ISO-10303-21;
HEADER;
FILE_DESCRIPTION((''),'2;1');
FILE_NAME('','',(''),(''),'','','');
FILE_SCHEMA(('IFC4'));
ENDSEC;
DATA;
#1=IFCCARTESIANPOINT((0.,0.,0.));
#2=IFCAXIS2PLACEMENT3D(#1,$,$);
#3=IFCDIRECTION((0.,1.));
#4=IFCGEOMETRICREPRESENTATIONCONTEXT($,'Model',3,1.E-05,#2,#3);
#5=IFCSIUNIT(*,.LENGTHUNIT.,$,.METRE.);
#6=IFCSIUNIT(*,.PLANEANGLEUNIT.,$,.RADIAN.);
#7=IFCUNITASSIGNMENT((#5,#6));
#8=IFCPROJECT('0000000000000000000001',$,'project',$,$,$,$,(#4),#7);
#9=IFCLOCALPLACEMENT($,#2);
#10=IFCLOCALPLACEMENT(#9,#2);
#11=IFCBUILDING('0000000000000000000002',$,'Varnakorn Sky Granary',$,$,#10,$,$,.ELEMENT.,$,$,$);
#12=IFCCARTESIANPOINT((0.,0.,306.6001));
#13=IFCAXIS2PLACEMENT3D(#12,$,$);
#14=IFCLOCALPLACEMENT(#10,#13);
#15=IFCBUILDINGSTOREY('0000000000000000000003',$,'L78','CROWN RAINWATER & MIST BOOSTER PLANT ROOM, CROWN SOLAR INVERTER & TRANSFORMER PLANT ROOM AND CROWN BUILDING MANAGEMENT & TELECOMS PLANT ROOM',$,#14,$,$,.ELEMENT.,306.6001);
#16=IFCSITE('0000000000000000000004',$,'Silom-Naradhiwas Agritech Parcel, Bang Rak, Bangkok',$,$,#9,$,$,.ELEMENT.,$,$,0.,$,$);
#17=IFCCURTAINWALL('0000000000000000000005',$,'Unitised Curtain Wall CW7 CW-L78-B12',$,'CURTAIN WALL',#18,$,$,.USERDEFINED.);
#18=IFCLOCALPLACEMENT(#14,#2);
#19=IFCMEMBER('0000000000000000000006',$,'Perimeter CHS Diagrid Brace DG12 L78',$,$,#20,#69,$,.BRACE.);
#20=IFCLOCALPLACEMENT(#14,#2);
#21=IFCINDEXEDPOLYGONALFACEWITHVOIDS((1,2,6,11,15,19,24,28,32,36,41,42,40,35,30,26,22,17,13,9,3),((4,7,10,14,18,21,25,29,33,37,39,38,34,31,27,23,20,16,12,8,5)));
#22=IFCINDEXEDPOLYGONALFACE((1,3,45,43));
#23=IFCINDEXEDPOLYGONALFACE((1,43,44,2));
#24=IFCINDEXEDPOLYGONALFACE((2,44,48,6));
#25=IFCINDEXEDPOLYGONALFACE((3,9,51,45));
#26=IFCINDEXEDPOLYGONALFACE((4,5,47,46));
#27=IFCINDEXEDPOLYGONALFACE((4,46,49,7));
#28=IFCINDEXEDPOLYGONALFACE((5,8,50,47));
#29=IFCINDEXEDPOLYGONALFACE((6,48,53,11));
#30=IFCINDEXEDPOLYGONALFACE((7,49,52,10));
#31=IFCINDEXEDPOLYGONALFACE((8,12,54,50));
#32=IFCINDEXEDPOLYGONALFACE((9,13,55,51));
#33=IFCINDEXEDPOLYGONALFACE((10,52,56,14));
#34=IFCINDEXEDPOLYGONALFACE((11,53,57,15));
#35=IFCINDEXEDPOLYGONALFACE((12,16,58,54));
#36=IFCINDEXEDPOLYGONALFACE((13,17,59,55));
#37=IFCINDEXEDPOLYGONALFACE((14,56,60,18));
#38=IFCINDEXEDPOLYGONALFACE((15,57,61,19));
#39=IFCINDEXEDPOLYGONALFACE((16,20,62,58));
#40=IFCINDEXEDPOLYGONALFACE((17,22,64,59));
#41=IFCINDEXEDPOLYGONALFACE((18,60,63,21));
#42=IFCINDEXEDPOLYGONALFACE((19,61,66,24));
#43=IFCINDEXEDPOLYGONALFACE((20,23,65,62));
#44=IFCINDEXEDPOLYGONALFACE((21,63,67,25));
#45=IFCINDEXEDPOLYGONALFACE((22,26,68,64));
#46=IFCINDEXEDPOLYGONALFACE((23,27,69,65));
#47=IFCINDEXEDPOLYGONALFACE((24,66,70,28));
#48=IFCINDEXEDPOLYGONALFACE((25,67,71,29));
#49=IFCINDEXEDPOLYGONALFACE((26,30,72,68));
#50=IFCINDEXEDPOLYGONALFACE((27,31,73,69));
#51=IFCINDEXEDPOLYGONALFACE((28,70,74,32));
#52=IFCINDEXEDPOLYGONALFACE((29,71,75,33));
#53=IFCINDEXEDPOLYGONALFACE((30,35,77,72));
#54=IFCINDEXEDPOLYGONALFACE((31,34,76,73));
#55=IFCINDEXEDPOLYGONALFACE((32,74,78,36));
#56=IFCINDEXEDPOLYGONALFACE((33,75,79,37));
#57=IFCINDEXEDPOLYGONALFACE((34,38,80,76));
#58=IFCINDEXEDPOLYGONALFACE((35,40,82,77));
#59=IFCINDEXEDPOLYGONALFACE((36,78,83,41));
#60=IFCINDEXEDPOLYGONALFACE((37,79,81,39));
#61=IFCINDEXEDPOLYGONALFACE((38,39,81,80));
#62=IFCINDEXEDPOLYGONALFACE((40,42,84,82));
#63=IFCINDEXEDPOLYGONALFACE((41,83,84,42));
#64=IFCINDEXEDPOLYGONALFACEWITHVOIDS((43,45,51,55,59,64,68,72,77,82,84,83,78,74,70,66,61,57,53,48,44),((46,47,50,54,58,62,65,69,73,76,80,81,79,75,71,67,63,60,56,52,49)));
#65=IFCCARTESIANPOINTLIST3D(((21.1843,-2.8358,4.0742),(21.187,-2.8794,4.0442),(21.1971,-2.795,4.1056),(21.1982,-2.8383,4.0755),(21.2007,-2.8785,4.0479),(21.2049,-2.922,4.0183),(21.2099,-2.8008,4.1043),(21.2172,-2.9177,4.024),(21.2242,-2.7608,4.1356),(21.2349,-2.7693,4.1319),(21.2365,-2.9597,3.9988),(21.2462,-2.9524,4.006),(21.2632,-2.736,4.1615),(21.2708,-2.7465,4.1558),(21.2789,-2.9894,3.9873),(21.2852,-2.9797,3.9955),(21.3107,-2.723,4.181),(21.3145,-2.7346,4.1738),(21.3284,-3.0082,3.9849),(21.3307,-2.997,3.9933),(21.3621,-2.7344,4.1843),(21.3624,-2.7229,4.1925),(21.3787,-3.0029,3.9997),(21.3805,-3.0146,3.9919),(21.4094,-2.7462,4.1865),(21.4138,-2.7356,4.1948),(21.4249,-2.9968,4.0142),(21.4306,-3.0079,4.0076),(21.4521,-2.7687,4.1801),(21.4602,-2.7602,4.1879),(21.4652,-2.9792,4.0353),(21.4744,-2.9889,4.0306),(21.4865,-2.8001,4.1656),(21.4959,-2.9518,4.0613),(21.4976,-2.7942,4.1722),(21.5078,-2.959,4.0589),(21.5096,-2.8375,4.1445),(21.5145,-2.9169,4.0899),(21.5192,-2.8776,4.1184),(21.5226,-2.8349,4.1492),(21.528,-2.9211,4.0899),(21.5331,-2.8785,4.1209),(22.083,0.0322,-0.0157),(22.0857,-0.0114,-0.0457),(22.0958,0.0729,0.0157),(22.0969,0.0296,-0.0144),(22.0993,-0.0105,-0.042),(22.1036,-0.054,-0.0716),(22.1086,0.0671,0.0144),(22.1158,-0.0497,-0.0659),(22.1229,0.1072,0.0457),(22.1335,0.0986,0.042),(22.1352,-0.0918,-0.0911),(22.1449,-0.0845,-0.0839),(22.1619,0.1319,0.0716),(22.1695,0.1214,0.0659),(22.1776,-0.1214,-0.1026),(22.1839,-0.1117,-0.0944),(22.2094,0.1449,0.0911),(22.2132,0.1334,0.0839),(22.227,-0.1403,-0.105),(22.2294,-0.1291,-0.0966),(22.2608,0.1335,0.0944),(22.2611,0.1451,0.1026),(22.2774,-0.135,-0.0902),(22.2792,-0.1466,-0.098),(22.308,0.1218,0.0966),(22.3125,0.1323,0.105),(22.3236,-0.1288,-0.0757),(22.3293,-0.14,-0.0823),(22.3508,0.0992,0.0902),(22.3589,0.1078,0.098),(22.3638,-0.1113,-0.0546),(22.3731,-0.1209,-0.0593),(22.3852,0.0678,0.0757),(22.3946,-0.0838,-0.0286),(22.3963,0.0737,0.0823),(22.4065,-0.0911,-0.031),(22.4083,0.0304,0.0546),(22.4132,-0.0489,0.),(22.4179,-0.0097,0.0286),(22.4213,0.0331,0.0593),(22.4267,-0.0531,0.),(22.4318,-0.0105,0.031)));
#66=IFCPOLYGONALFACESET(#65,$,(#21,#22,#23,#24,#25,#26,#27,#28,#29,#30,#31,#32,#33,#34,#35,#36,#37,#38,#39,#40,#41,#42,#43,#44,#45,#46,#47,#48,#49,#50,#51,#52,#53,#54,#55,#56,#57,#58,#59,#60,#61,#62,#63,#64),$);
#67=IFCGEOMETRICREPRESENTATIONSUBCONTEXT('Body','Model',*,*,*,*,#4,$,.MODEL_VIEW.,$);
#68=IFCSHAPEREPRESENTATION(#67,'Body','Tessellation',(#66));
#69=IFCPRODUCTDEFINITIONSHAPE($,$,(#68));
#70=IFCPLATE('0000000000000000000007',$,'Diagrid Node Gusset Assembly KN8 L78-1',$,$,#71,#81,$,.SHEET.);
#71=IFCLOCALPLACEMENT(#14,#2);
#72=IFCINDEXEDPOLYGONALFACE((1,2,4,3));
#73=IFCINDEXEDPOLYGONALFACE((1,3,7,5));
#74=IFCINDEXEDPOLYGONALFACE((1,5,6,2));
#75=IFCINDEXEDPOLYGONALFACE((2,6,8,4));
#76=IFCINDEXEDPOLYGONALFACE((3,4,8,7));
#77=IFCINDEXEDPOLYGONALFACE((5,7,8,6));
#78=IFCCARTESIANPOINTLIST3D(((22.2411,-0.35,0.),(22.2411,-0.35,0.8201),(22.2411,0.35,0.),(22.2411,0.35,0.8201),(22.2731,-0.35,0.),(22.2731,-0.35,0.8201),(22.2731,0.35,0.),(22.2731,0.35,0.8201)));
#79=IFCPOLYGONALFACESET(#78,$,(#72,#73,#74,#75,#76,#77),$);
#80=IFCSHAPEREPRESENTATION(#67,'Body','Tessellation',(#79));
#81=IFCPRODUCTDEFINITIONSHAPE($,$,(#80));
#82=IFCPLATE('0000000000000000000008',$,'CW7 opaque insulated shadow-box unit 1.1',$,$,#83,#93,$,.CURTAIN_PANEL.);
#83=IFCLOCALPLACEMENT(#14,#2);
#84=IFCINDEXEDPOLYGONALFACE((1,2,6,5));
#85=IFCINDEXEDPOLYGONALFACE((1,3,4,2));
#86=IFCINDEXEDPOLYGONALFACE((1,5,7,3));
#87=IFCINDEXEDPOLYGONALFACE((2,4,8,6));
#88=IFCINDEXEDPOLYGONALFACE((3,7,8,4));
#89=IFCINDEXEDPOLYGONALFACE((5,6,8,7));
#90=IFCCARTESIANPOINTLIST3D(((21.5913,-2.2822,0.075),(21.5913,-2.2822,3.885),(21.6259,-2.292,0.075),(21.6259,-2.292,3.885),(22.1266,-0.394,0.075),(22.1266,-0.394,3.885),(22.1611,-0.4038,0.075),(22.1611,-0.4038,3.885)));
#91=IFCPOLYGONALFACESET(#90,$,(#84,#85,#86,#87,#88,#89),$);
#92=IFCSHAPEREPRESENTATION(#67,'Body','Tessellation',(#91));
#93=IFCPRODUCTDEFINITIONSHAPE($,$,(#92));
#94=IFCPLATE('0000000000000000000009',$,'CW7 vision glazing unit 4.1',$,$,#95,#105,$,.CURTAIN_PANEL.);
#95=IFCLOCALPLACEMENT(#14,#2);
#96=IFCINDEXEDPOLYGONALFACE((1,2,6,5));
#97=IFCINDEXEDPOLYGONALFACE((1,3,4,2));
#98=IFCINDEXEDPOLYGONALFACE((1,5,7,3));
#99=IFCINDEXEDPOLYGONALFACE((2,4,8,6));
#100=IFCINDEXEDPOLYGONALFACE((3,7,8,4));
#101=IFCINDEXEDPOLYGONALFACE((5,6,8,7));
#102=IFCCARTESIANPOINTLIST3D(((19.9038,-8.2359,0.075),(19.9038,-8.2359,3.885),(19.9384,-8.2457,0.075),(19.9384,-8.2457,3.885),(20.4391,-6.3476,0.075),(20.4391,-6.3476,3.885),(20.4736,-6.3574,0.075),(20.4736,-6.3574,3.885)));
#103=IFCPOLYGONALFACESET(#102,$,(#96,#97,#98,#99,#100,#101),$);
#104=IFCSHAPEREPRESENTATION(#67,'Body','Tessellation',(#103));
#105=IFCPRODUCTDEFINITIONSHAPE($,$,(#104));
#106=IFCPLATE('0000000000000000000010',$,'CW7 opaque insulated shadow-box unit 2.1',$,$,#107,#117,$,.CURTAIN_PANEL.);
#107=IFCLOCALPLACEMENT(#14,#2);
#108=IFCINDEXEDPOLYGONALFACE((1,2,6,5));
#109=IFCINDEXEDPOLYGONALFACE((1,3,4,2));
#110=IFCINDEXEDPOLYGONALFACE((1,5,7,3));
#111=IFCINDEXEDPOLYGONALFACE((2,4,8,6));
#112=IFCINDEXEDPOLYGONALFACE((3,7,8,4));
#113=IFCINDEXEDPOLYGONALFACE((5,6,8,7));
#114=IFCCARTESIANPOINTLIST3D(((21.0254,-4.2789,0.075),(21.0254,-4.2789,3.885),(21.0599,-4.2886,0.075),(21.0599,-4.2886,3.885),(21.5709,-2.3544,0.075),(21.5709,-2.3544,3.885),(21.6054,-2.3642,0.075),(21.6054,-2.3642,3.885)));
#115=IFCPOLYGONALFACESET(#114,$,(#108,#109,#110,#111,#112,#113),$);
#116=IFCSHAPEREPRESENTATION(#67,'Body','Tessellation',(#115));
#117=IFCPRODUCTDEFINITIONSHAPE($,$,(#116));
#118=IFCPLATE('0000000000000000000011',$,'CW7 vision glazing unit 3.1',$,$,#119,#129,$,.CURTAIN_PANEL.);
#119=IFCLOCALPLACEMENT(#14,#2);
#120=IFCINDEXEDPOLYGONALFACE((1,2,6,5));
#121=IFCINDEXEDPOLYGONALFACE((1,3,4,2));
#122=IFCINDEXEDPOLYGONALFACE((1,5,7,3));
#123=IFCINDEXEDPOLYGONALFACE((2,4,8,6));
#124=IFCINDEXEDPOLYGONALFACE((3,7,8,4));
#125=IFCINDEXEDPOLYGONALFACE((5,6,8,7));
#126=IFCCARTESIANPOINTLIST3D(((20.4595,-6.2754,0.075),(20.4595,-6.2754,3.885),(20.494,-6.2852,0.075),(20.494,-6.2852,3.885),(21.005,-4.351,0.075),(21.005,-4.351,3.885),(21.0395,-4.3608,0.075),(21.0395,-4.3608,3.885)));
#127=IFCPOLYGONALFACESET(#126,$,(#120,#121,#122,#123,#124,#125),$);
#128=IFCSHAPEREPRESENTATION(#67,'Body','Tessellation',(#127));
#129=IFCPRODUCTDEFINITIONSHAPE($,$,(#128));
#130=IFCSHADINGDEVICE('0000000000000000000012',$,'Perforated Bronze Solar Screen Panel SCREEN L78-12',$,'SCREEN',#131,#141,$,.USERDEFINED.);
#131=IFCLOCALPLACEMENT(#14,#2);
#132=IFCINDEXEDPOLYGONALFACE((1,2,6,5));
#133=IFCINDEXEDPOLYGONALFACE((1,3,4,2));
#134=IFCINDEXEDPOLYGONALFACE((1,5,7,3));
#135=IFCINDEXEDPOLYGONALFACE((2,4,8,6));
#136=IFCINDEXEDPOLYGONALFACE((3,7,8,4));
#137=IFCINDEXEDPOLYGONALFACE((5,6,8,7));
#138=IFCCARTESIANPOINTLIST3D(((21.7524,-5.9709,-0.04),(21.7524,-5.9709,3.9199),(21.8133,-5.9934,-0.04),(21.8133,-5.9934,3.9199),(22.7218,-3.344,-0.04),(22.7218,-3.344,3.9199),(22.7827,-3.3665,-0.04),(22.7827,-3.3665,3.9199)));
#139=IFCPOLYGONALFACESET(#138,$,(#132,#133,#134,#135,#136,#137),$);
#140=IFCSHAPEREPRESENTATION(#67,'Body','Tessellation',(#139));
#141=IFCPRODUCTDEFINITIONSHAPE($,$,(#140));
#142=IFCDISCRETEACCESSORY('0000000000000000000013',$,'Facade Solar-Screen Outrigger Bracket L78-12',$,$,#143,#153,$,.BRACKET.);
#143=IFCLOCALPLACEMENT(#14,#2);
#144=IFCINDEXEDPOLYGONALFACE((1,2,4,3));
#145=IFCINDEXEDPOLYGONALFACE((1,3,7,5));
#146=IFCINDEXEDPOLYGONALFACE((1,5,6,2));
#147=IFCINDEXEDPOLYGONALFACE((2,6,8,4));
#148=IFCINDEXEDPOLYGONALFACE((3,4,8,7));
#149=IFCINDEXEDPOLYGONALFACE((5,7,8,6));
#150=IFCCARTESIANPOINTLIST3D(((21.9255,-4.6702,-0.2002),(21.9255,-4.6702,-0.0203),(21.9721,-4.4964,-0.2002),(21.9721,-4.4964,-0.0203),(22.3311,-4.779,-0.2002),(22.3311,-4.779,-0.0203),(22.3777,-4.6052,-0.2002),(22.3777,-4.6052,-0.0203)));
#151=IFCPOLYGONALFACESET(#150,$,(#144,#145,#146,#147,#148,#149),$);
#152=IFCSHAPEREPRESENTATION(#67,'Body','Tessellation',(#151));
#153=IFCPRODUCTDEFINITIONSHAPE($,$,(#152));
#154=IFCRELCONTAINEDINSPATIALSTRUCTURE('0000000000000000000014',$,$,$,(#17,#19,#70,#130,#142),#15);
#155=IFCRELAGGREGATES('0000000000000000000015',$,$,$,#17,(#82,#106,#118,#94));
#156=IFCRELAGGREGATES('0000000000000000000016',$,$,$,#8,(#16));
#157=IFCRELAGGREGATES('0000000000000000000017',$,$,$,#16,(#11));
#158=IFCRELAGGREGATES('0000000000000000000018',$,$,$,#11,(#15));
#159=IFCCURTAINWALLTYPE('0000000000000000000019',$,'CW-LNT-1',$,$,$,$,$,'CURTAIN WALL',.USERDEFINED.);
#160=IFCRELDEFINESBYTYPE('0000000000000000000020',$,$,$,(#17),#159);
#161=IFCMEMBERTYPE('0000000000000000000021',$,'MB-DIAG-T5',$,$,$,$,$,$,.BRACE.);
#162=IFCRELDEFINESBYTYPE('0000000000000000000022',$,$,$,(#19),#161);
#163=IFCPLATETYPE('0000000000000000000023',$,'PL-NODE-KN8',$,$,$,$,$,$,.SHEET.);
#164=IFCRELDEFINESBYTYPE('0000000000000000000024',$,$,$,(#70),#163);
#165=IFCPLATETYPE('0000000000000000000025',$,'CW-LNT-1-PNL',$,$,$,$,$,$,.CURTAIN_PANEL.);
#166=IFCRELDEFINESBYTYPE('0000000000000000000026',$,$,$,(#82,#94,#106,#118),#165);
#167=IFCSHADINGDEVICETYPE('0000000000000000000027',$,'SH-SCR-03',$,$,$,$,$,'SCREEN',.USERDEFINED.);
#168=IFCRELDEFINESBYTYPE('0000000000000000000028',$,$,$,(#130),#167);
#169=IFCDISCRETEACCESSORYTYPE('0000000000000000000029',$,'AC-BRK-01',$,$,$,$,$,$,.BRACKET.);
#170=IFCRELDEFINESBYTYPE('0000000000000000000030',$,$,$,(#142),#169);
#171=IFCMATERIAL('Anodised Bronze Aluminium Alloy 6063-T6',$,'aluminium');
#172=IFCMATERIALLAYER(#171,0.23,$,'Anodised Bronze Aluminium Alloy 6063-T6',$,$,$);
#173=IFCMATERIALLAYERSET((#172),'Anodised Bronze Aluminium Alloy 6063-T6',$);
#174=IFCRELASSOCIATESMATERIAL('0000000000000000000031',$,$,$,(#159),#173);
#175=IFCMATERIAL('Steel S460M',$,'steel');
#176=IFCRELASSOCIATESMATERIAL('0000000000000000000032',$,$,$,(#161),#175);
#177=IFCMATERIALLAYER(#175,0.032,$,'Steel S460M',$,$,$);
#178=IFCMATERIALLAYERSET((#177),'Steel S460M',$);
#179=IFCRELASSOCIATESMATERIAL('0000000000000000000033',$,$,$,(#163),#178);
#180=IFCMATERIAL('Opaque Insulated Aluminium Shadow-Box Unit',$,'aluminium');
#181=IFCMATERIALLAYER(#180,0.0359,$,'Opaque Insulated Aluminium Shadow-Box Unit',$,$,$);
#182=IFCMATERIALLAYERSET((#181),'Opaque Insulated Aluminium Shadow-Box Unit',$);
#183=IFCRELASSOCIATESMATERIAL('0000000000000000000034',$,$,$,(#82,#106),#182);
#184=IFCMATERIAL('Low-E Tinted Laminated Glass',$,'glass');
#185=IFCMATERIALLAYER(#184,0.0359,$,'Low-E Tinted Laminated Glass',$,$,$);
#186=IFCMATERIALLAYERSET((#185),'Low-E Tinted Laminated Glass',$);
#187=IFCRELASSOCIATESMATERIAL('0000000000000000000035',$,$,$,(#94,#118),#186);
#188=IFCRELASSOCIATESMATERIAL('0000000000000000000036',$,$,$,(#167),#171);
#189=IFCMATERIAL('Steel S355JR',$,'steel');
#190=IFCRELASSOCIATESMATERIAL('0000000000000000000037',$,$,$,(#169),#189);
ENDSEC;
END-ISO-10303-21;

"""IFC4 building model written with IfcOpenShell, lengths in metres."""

from ifc_helpers import new_model, si_unit, direction, frame, origin, origin_2d, place, context, subcontext, project, spatial, rectangle, hollow_circle, extrude, source, transform, mapped, material, layer, layer_set, material_profile, profile_set, type_object, type_shapes, element, aggregate, save


model = new_model("IFC4")

# Units and contexts
model_context = context("Model", 3, precision=1e-05, world=origin(), true_north=direction((0.0, 1.0)))
body_context = subcontext(model_context, "Body", "Model", "MODEL_VIEW")
ifc_project = project(units=[si_unit("LENGTHUNIT", "METRE"), si_unit("PLANEANGLEUNIT", "RADIAN")], contexts=[model_context])

# Site, building, storey
site_placement = place(None, origin())
site = spatial("IfcSite", under=ifc_project, at=site_placement, Name="Silom-Naradhiwas Agritech Parcel, Bang Rak, Bangkok", CompositionType="ELEMENT", RefElevation=0.0)
building_placement = place(site_placement, origin())
building = spatial("IfcBuilding", under=site, at=building_placement, Name="Varnakorn Sky Granary", CompositionType="ELEMENT")
storey_placement = place(building_placement, frame((0.0, 0.0, 306.6001)))
storey = spatial("IfcBuildingStorey", under=building, at=storey_placement, Name="L78", Description="CROWN RAINWATER & MIST BOOSTER PLANT ROOM, CROWN SOLAR INVERTER & TRANSFORMER PLANT ROOM AND CROWN BUILDING MANAGEMENT & TELECOMS PLANT ROOM", CompositionType="ELEMENT", Elevation=306.6001)

# Shared definitions
ifc_material_1 = material(Name="Steel S460M", Category="steel")

# Curtain wall
ifc_material_2 = material(Name="Anodised Bronze Aluminium Alloy 6063-T6", Category="aluminium")
ifc_layer_1 = layer(ifc_material_2, 0.23, Name="Anodised Bronze Aluminium Alloy 6063-T6")
ifc_layer_set_1 = layer_set([ifc_layer_1], Name="Anodised Bronze Aluminium Alloy 6063-T6")
curtain_wall_type = type_object("IfcCurtainWallType", Name="CW-LNT-1", ElementType="CURTAIN WALL", PredefinedType="USERDEFINED", material=ifc_layer_set_1)
curtain_wall_placement = place(storey_placement, origin())
curtain_wall = element("IfcCurtainWall", 1, at=curtain_wall_placement, inside=storey, type_object=curtain_wall_type, Name="Unitised Curtain Wall CW7 CW-L78-B12", ObjectType="CURTAIN WALL", PredefinedType="USERDEFINED")

# Member
ifc_material_profile_1 = material_profile(ifc_material_1, hollow_circle(Radius=0.1777, WallThickness=0.0142, at=origin_2d()), Name="CHS 355.6x14")
ifc_profile_set_1 = profile_set([ifc_material_profile_1], Name="Steel S460M")
member_type_1 = type_object("IfcMemberType", Name="MB-DIAG-T5", PredefinedType="BRACE", material=ifc_profile_set_1)
for number, where, z_axis, x_axis, name in (
    (2, (22.2571, 0.0, 0.0), (-0.177067, -0.565066, 0.805821), (0.954247, -0.29902, 0.0), "Perimeter CHS Diagrid Brace DG12 L78"),
):
    element("IfcMember", number, at=place(storey_placement, frame(where, z_axis=z_axis, x_axis=x_axis)), inside=storey, type_object=member_type_1, Name=name, PredefinedType="BRACE", context=body_context, shape_type="SweptSolid", body=[
        extrude(hollow_circle(Radius=0.1777, WallThickness=0.0142, at=origin_2d()), origin(), (0.0, 0.0, 1.0), 5.0754),
    ])

# Plates
ifc_layer_2 = layer(ifc_material_1, 0.032, Name="Steel S460M")
ifc_layer_set_2 = layer_set([ifc_layer_2], Name="Steel S460M")
plate_type_1 = type_object("IfcPlateType", Name="PL-NODE-KN8", PredefinedType="SHEET", material=ifc_layer_set_2)
plate_1_placement = place(storey_placement, frame((22.2571, 0.0, 0.0), z_axis=(0.0, 0.0, 1.0), x_axis=(0.0, 1.0, 0.0)))
element("IfcPlate", 3, at=plate_1_placement, inside=storey, type_object=plate_type_1, Name="Diagrid Node Gusset Assembly KN8 L78-1", PredefinedType="SHEET", context=body_context, shape_type="SweptSolid", body=[
    extrude(rectangle(XDim=0.7, YDim=0.032, at=origin_2d()), origin(), (0.0, 0.0, 1.0), 0.8201),
])
ifc_material_3 = material(Name="Opaque Insulated Aluminium Shadow-Box Unit", Category="aluminium")
ifc_layer_3 = layer(ifc_material_3, 0.0359, Name="Opaque Insulated Aluminium Shadow-Box Unit")
ifc_layer_set_3 = layer_set([ifc_layer_3], Name="Opaque Insulated Aluminium Shadow-Box Unit")
plate_type_2 = type_object("IfcPlateType", Name="CW-LNT-1-PNL", PredefinedType="CURTAIN_PANEL")
shared_shape_1 = source(origin(), body_context, "Body", "SweptSolid", [
    extrude(rectangle(XDim=1.9626, YDim=0.0359, at=origin_2d()), origin(), (0.0, 0.0, 1.0), 3.8101),
])
plate_2_placement = place(storey_placement, frame((21.8762, -1.343, 0.075), z_axis=(0.0, 0.0, 1.0), x_axis=(-0.272716, -0.962095, 0.0)))
plate_2 = element("IfcPlate", 4, at=plate_2_placement, type_object=plate_type_2, material=ifc_layer_set_3, Name="CW7 opaque insulated shadow-box unit 1.1", PredefinedType="CURTAIN_PANEL", context=body_context, shape_type="MappedRepresentation", body=[
    mapped(shared_shape_1, transform((0.0, 0.0, 0.0), x_axis=(1.0, 0.0, 0.0), y_axis=(0.0, 1.0, 0.0), z_axis=(0.0, 0.0, 1.0), scale=1.0)),
])
ifc_material_4 = material(Name="Low-E Tinted Laminated Glass", Category="glass")
ifc_layer_4 = layer(ifc_material_4, 0.0359, Name="Low-E Tinted Laminated Glass")
ifc_layer_set_4 = layer_set([ifc_layer_4], Name="Low-E Tinted Laminated Glass")
plate_3_placement = place(storey_placement, frame((20.1887, -7.2966, 0.075), z_axis=(0.0, 0.0, 1.0), x_axis=(-0.272716, -0.962095, 0.0)))
plate_3 = element("IfcPlate", 5, at=plate_3_placement, type_object=plate_type_2, material=ifc_layer_set_4, Name="CW7 vision glazing unit 4.1", PredefinedType="CURTAIN_PANEL", context=body_context, shape_type="MappedRepresentation", body=[
    mapped(shared_shape_1, transform((0.0, 0.0, 0.0), x_axis=(1.0, 0.0, 0.0), y_axis=(0.0, 1.0, 0.0), z_axis=(0.0, 0.0, 1.0), scale=1.0)),
])
shared_shape_2 = source(origin(), body_context, "Body", "SweptSolid", [
    extrude(rectangle(XDim=2.0002, YDim=0.0359, at=origin_2d()), origin(), (0.0, 0.0, 1.0), 3.8101),
])
type_shapes(plate_type_2, [shared_shape_1, shared_shape_2])
plate_4_placement = place(storey_placement, frame((21.3154, -3.3215, 0.075), z_axis=(0.0, 0.0, 1.0), x_axis=(-0.272716, -0.962095, 0.0)))
plate_4 = element("IfcPlate", 6, at=plate_4_placement, type_object=plate_type_2, material=ifc_layer_set_3, Name="CW7 opaque insulated shadow-box unit 2.1", PredefinedType="CURTAIN_PANEL", context=body_context, shape_type="MappedRepresentation", body=[
    mapped(shared_shape_2, transform((0.0, 0.0, 0.0), x_axis=(1.0, 0.0, 0.0), y_axis=(0.0, 1.0, 0.0), z_axis=(0.0, 0.0, 1.0), scale=1.0)),
])
plate_5_placement = place(storey_placement, frame((20.7495, -5.3181, 0.075), z_axis=(0.0, 0.0, 1.0), x_axis=(-0.272716, -0.962095, 0.0)))
plate_5 = element("IfcPlate", 7, at=plate_5_placement, type_object=plate_type_2, material=ifc_layer_set_4, Name="CW7 vision glazing unit 3.1", PredefinedType="CURTAIN_PANEL", context=body_context, shape_type="MappedRepresentation", body=[
    mapped(shared_shape_2, transform((0.0, 0.0, 0.0), x_axis=(1.0, 0.0, 0.0), y_axis=(0.0, 1.0, 0.0), z_axis=(0.0, 0.0, 1.0), scale=1.0)),
])
aggregate(curtain_wall, [plate_2, plate_4, plate_5, plate_3])

# Shading device
shading_device_type = type_object("IfcShadingDeviceType", Name="SH-SCR-03", ElementType="SCREEN", PredefinedType="USERDEFINED", material=ifc_material_2)
shared_shape_3 = source(origin(), body_context, "Body", "SweptSolid", [
    extrude(rectangle(XDim=2.8, YDim=0.0649, at=origin_2d()), origin(), (0.0, 0.0, 1.0), 3.96),
])
type_shapes(shading_device_type, [shared_shape_3])
shading_device_placement = place(storey_placement, frame((22.2676, -4.6687, -0.04), z_axis=(0.0, 0.0, 1.0), x_axis=(0.346208, 0.938158, 0.0)))
element("IfcShadingDevice", 8, at=shading_device_placement, inside=storey, type_object=shading_device_type, Name="Perforated Bronze Solar Screen Panel SCREEN L78-12", ObjectType="SCREEN", PredefinedType="USERDEFINED", context=body_context, shape_type="MappedRepresentation", body=[
    mapped(shared_shape_3, transform((0.0, 0.0, 0.0), x_axis=(1.0, 0.0, 0.0), y_axis=(0.0, 1.0, 0.0), z_axis=(0.0, 0.0, 1.0), scale=1.0)),
])

# Discrete accessory
ifc_material_5 = material(Name="Steel S355JR", Category="steel")
discrete_accessory_type = type_object("IfcDiscreteAccessoryType", Name="AC-BRK-01", PredefinedType="BRACKET", material=ifc_material_5)
shared_shape_4 = source(origin(), body_context, "Body", "SweptSolid", [
    extrude(rectangle(XDim=0.1799, YDim=0.4199, at=origin_2d()), origin(), (0.0, 0.0, 1.0), 0.1799),
])
type_shapes(discrete_accessory_type, [shared_shape_4])
discrete_accessory_placement = place(storey_placement, frame((22.1516, -4.6377, -0.2002), z_axis=(0.0, 0.0, 1.0), x_axis=(0.258912, 0.965901, 0.0)))
element("IfcDiscreteAccessory", 9, at=discrete_accessory_placement, inside=storey, type_object=discrete_accessory_type, Name="Facade Solar-Screen Outrigger Bracket L78-12", PredefinedType="BRACKET", context=body_context, shape_type="MappedRepresentation", body=[
    mapped(shared_shape_4, transform((0.0, 0.0, 0.0), x_axis=(1.0, 0.0, 0.0), y_axis=(0.0, 1.0, 0.0), z_axis=(0.0, 0.0, 1.0), scale=1.0)),
])

save(model, "model.ifc")
